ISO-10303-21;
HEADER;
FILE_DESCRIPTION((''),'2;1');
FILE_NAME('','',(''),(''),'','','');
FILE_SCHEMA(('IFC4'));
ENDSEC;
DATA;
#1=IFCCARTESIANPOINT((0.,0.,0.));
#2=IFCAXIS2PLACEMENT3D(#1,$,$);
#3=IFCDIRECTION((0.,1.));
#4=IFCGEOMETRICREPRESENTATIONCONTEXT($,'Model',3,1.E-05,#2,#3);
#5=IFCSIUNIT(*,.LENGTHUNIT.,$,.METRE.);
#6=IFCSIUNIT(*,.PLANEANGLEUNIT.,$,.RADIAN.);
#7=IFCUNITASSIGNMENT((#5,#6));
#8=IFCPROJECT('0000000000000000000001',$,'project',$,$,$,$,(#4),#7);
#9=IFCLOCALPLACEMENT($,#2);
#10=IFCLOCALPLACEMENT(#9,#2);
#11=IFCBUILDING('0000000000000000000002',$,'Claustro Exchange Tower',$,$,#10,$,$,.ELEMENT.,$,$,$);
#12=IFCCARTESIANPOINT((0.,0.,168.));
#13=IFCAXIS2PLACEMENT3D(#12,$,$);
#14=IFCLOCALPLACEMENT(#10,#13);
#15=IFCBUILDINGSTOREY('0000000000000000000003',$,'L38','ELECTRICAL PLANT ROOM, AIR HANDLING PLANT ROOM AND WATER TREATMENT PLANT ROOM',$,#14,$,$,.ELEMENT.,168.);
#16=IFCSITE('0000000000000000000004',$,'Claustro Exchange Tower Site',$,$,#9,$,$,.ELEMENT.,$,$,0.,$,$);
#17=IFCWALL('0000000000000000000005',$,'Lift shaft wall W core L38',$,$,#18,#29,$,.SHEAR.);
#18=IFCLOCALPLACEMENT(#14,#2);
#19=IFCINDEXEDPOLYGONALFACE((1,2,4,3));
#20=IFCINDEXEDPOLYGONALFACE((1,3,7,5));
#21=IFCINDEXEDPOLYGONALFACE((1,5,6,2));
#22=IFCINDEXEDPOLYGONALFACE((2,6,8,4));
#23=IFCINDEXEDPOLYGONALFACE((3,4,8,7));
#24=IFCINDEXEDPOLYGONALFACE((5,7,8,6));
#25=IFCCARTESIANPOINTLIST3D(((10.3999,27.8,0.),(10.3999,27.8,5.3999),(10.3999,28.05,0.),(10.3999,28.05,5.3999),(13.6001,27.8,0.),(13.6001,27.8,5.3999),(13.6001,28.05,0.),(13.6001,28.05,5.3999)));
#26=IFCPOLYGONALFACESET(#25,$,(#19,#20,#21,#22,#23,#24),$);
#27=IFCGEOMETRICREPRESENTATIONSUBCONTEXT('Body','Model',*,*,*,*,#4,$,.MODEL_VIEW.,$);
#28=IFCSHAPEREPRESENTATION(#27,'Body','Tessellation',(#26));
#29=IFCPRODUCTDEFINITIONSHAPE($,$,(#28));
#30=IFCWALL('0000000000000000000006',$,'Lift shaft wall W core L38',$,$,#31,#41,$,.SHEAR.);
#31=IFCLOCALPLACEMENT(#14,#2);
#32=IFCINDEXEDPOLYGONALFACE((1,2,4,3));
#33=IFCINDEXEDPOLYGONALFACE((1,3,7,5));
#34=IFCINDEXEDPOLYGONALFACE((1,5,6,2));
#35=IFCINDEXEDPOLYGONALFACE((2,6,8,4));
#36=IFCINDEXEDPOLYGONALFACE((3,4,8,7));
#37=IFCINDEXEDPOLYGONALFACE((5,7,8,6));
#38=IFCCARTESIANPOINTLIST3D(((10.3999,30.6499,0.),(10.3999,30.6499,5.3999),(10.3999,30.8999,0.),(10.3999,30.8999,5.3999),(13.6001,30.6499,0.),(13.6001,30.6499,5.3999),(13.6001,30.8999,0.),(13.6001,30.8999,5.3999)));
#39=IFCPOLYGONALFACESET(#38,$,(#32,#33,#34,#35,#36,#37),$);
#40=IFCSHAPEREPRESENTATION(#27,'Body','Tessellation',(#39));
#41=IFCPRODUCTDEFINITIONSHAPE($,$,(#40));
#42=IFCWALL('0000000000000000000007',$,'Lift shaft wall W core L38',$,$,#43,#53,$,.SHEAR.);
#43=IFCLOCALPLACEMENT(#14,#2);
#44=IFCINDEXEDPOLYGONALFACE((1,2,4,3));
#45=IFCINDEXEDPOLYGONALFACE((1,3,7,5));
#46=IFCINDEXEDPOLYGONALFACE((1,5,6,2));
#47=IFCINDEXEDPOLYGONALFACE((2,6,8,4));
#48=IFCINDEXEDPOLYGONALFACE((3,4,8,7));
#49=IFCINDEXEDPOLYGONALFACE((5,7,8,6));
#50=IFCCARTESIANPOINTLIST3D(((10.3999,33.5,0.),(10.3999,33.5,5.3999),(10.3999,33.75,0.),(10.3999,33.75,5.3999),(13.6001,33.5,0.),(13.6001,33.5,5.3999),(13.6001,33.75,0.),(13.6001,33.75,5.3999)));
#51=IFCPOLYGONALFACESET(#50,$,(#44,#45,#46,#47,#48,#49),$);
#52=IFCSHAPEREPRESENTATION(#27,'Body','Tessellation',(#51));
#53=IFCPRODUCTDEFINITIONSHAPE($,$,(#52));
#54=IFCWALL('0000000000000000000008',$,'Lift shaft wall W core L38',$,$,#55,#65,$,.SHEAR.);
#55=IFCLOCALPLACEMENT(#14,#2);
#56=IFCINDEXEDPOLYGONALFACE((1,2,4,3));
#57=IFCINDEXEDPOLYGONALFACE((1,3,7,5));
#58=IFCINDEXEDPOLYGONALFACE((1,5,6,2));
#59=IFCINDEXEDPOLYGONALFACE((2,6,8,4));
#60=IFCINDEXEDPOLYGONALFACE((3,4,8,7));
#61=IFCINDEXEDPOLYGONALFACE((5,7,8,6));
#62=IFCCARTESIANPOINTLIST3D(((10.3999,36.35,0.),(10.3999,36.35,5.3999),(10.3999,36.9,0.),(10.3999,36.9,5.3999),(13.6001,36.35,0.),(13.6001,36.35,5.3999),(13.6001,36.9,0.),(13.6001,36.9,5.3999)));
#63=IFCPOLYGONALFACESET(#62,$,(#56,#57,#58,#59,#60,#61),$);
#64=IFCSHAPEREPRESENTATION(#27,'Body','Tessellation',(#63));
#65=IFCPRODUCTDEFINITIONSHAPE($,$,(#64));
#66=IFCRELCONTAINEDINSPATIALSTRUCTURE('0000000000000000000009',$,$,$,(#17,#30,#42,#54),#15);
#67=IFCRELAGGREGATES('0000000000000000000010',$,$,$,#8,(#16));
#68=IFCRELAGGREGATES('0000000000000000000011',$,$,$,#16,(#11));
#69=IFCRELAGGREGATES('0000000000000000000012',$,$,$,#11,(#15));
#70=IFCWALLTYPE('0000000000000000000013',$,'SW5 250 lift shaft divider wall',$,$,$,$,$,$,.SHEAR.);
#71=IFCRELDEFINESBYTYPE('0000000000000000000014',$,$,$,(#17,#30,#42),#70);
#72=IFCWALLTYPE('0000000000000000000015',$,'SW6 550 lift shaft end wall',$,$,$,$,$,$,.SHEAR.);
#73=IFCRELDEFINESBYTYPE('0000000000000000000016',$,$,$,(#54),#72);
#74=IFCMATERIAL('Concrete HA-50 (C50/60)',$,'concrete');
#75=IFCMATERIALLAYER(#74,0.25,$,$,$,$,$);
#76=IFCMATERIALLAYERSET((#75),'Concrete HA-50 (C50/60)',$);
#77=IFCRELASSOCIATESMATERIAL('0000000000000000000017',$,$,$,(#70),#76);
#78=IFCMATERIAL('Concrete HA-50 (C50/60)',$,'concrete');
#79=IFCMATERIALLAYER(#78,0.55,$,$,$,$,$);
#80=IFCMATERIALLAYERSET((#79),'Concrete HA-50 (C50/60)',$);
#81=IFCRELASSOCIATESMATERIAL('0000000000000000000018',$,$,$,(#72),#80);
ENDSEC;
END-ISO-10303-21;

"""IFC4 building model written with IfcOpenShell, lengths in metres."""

from ifc_helpers import new_model, si_unit, direction, frame, frame_2d, origin, place, context, subcontext, project, spatial, rectangle, extrude, material, layer, layer_set, type_object, element, save


model = new_model("IFC4")

# Units and contexts
model_context = context("Model", 3, precision=1e-05, world=origin(), true_north=direction((0.0, 1.0)))
body_context = subcontext(model_context, "Body", "Model", "MODEL_VIEW")
ifc_project = project(units=[si_unit("LENGTHUNIT", "METRE"), si_unit("PLANEANGLEUNIT", "RADIAN")], contexts=[model_context])

# Site, building, storey
site_placement = place(None, origin())
site = spatial("IfcSite", under=ifc_project, at=site_placement, Name="Claustro Exchange Tower Site", CompositionType="ELEMENT", RefElevation=0.0)
building_placement = place(site_placement, origin())
building = spatial("IfcBuilding", under=site, at=building_placement, Name="Claustro Exchange Tower", CompositionType="ELEMENT")
storey_placement = place(building_placement, frame((0.0, 0.0, 168.0)))
storey = spatial("IfcBuildingStorey", under=building, at=storey_placement, Name="L38", Description="ELECTRICAL PLANT ROOM, AIR HANDLING PLANT ROOM AND WATER TREATMENT PLANT ROOM", CompositionType="ELEMENT", Elevation=168.0)

# Walls
ifc_material_1 = material(Name="Concrete HA-50 (C50/60)", Category="concrete")
ifc_layer_1 = layer(ifc_material_1, 0.25)
ifc_layer_set_1 = layer_set([ifc_layer_1], Name="Concrete HA-50 (C50/60)")
wall_type_1 = type_object("IfcWallType", Name="SW5 250 lift shaft divider wall", PredefinedType="SHEAR", material=ifc_layer_set_1)
for number, where, z_axis, x_axis, name in (
    (1, (10.3999, 27.925, 0.0), (0.0, 0.0, 1.0), (1.0, 0.0, 0.0), "Lift shaft wall W core L38"),
    (2, (10.3999, 30.7749, 0.0), (0.0, 0.0, 1.0), (1.0, 0.0, 0.0), "Lift shaft wall W core L38"),
    (3, (10.3999, 33.625, 0.0), (0.0, 0.0, 1.0), (1.0, 0.0, 0.0), "Lift shaft wall W core L38"),
):
    element("IfcWall", number, at=place(storey_placement, frame(where, z_axis=z_axis, x_axis=x_axis)), inside=storey, type_object=wall_type_1, Name=name, PredefinedType="SHEAR", context=body_context, shape_type="SweptSolid", body=[
        extrude(rectangle(XDim=3.2002, YDim=0.25, at=frame_2d((1.6001, 0.0))), origin(), (0.0, 0.0, 1.0), 5.3999),
    ])
ifc_material_2 = material(Name="Concrete HA-50 (C50/60)", Category="concrete")
ifc_layer_2 = layer(ifc_material_2, 0.55)
ifc_layer_set_2 = layer_set([ifc_layer_2], Name="Concrete HA-50 (C50/60)")
wall_type_2 = type_object("IfcWallType", Name="SW6 550 lift shaft end wall", PredefinedType="SHEAR", material=ifc_layer_set_2)
wall_1_placement = place(storey_placement, frame((10.3999, 36.625, 0.0), z_axis=(0.0, 0.0, 1.0), x_axis=(1.0, 0.0, 0.0)))
element("IfcWall", 4, at=wall_1_placement, inside=storey, type_object=wall_type_2, Name="Lift shaft wall W core L38", PredefinedType="SHEAR", context=body_context, shape_type="SweptSolid", body=[
    extrude(rectangle(XDim=3.2002, YDim=0.55, at=frame_2d((1.6001, 0.0))), origin(), (0.0, 0.0, 1.0), 5.3999),
])

save(model, "model.ifc")
